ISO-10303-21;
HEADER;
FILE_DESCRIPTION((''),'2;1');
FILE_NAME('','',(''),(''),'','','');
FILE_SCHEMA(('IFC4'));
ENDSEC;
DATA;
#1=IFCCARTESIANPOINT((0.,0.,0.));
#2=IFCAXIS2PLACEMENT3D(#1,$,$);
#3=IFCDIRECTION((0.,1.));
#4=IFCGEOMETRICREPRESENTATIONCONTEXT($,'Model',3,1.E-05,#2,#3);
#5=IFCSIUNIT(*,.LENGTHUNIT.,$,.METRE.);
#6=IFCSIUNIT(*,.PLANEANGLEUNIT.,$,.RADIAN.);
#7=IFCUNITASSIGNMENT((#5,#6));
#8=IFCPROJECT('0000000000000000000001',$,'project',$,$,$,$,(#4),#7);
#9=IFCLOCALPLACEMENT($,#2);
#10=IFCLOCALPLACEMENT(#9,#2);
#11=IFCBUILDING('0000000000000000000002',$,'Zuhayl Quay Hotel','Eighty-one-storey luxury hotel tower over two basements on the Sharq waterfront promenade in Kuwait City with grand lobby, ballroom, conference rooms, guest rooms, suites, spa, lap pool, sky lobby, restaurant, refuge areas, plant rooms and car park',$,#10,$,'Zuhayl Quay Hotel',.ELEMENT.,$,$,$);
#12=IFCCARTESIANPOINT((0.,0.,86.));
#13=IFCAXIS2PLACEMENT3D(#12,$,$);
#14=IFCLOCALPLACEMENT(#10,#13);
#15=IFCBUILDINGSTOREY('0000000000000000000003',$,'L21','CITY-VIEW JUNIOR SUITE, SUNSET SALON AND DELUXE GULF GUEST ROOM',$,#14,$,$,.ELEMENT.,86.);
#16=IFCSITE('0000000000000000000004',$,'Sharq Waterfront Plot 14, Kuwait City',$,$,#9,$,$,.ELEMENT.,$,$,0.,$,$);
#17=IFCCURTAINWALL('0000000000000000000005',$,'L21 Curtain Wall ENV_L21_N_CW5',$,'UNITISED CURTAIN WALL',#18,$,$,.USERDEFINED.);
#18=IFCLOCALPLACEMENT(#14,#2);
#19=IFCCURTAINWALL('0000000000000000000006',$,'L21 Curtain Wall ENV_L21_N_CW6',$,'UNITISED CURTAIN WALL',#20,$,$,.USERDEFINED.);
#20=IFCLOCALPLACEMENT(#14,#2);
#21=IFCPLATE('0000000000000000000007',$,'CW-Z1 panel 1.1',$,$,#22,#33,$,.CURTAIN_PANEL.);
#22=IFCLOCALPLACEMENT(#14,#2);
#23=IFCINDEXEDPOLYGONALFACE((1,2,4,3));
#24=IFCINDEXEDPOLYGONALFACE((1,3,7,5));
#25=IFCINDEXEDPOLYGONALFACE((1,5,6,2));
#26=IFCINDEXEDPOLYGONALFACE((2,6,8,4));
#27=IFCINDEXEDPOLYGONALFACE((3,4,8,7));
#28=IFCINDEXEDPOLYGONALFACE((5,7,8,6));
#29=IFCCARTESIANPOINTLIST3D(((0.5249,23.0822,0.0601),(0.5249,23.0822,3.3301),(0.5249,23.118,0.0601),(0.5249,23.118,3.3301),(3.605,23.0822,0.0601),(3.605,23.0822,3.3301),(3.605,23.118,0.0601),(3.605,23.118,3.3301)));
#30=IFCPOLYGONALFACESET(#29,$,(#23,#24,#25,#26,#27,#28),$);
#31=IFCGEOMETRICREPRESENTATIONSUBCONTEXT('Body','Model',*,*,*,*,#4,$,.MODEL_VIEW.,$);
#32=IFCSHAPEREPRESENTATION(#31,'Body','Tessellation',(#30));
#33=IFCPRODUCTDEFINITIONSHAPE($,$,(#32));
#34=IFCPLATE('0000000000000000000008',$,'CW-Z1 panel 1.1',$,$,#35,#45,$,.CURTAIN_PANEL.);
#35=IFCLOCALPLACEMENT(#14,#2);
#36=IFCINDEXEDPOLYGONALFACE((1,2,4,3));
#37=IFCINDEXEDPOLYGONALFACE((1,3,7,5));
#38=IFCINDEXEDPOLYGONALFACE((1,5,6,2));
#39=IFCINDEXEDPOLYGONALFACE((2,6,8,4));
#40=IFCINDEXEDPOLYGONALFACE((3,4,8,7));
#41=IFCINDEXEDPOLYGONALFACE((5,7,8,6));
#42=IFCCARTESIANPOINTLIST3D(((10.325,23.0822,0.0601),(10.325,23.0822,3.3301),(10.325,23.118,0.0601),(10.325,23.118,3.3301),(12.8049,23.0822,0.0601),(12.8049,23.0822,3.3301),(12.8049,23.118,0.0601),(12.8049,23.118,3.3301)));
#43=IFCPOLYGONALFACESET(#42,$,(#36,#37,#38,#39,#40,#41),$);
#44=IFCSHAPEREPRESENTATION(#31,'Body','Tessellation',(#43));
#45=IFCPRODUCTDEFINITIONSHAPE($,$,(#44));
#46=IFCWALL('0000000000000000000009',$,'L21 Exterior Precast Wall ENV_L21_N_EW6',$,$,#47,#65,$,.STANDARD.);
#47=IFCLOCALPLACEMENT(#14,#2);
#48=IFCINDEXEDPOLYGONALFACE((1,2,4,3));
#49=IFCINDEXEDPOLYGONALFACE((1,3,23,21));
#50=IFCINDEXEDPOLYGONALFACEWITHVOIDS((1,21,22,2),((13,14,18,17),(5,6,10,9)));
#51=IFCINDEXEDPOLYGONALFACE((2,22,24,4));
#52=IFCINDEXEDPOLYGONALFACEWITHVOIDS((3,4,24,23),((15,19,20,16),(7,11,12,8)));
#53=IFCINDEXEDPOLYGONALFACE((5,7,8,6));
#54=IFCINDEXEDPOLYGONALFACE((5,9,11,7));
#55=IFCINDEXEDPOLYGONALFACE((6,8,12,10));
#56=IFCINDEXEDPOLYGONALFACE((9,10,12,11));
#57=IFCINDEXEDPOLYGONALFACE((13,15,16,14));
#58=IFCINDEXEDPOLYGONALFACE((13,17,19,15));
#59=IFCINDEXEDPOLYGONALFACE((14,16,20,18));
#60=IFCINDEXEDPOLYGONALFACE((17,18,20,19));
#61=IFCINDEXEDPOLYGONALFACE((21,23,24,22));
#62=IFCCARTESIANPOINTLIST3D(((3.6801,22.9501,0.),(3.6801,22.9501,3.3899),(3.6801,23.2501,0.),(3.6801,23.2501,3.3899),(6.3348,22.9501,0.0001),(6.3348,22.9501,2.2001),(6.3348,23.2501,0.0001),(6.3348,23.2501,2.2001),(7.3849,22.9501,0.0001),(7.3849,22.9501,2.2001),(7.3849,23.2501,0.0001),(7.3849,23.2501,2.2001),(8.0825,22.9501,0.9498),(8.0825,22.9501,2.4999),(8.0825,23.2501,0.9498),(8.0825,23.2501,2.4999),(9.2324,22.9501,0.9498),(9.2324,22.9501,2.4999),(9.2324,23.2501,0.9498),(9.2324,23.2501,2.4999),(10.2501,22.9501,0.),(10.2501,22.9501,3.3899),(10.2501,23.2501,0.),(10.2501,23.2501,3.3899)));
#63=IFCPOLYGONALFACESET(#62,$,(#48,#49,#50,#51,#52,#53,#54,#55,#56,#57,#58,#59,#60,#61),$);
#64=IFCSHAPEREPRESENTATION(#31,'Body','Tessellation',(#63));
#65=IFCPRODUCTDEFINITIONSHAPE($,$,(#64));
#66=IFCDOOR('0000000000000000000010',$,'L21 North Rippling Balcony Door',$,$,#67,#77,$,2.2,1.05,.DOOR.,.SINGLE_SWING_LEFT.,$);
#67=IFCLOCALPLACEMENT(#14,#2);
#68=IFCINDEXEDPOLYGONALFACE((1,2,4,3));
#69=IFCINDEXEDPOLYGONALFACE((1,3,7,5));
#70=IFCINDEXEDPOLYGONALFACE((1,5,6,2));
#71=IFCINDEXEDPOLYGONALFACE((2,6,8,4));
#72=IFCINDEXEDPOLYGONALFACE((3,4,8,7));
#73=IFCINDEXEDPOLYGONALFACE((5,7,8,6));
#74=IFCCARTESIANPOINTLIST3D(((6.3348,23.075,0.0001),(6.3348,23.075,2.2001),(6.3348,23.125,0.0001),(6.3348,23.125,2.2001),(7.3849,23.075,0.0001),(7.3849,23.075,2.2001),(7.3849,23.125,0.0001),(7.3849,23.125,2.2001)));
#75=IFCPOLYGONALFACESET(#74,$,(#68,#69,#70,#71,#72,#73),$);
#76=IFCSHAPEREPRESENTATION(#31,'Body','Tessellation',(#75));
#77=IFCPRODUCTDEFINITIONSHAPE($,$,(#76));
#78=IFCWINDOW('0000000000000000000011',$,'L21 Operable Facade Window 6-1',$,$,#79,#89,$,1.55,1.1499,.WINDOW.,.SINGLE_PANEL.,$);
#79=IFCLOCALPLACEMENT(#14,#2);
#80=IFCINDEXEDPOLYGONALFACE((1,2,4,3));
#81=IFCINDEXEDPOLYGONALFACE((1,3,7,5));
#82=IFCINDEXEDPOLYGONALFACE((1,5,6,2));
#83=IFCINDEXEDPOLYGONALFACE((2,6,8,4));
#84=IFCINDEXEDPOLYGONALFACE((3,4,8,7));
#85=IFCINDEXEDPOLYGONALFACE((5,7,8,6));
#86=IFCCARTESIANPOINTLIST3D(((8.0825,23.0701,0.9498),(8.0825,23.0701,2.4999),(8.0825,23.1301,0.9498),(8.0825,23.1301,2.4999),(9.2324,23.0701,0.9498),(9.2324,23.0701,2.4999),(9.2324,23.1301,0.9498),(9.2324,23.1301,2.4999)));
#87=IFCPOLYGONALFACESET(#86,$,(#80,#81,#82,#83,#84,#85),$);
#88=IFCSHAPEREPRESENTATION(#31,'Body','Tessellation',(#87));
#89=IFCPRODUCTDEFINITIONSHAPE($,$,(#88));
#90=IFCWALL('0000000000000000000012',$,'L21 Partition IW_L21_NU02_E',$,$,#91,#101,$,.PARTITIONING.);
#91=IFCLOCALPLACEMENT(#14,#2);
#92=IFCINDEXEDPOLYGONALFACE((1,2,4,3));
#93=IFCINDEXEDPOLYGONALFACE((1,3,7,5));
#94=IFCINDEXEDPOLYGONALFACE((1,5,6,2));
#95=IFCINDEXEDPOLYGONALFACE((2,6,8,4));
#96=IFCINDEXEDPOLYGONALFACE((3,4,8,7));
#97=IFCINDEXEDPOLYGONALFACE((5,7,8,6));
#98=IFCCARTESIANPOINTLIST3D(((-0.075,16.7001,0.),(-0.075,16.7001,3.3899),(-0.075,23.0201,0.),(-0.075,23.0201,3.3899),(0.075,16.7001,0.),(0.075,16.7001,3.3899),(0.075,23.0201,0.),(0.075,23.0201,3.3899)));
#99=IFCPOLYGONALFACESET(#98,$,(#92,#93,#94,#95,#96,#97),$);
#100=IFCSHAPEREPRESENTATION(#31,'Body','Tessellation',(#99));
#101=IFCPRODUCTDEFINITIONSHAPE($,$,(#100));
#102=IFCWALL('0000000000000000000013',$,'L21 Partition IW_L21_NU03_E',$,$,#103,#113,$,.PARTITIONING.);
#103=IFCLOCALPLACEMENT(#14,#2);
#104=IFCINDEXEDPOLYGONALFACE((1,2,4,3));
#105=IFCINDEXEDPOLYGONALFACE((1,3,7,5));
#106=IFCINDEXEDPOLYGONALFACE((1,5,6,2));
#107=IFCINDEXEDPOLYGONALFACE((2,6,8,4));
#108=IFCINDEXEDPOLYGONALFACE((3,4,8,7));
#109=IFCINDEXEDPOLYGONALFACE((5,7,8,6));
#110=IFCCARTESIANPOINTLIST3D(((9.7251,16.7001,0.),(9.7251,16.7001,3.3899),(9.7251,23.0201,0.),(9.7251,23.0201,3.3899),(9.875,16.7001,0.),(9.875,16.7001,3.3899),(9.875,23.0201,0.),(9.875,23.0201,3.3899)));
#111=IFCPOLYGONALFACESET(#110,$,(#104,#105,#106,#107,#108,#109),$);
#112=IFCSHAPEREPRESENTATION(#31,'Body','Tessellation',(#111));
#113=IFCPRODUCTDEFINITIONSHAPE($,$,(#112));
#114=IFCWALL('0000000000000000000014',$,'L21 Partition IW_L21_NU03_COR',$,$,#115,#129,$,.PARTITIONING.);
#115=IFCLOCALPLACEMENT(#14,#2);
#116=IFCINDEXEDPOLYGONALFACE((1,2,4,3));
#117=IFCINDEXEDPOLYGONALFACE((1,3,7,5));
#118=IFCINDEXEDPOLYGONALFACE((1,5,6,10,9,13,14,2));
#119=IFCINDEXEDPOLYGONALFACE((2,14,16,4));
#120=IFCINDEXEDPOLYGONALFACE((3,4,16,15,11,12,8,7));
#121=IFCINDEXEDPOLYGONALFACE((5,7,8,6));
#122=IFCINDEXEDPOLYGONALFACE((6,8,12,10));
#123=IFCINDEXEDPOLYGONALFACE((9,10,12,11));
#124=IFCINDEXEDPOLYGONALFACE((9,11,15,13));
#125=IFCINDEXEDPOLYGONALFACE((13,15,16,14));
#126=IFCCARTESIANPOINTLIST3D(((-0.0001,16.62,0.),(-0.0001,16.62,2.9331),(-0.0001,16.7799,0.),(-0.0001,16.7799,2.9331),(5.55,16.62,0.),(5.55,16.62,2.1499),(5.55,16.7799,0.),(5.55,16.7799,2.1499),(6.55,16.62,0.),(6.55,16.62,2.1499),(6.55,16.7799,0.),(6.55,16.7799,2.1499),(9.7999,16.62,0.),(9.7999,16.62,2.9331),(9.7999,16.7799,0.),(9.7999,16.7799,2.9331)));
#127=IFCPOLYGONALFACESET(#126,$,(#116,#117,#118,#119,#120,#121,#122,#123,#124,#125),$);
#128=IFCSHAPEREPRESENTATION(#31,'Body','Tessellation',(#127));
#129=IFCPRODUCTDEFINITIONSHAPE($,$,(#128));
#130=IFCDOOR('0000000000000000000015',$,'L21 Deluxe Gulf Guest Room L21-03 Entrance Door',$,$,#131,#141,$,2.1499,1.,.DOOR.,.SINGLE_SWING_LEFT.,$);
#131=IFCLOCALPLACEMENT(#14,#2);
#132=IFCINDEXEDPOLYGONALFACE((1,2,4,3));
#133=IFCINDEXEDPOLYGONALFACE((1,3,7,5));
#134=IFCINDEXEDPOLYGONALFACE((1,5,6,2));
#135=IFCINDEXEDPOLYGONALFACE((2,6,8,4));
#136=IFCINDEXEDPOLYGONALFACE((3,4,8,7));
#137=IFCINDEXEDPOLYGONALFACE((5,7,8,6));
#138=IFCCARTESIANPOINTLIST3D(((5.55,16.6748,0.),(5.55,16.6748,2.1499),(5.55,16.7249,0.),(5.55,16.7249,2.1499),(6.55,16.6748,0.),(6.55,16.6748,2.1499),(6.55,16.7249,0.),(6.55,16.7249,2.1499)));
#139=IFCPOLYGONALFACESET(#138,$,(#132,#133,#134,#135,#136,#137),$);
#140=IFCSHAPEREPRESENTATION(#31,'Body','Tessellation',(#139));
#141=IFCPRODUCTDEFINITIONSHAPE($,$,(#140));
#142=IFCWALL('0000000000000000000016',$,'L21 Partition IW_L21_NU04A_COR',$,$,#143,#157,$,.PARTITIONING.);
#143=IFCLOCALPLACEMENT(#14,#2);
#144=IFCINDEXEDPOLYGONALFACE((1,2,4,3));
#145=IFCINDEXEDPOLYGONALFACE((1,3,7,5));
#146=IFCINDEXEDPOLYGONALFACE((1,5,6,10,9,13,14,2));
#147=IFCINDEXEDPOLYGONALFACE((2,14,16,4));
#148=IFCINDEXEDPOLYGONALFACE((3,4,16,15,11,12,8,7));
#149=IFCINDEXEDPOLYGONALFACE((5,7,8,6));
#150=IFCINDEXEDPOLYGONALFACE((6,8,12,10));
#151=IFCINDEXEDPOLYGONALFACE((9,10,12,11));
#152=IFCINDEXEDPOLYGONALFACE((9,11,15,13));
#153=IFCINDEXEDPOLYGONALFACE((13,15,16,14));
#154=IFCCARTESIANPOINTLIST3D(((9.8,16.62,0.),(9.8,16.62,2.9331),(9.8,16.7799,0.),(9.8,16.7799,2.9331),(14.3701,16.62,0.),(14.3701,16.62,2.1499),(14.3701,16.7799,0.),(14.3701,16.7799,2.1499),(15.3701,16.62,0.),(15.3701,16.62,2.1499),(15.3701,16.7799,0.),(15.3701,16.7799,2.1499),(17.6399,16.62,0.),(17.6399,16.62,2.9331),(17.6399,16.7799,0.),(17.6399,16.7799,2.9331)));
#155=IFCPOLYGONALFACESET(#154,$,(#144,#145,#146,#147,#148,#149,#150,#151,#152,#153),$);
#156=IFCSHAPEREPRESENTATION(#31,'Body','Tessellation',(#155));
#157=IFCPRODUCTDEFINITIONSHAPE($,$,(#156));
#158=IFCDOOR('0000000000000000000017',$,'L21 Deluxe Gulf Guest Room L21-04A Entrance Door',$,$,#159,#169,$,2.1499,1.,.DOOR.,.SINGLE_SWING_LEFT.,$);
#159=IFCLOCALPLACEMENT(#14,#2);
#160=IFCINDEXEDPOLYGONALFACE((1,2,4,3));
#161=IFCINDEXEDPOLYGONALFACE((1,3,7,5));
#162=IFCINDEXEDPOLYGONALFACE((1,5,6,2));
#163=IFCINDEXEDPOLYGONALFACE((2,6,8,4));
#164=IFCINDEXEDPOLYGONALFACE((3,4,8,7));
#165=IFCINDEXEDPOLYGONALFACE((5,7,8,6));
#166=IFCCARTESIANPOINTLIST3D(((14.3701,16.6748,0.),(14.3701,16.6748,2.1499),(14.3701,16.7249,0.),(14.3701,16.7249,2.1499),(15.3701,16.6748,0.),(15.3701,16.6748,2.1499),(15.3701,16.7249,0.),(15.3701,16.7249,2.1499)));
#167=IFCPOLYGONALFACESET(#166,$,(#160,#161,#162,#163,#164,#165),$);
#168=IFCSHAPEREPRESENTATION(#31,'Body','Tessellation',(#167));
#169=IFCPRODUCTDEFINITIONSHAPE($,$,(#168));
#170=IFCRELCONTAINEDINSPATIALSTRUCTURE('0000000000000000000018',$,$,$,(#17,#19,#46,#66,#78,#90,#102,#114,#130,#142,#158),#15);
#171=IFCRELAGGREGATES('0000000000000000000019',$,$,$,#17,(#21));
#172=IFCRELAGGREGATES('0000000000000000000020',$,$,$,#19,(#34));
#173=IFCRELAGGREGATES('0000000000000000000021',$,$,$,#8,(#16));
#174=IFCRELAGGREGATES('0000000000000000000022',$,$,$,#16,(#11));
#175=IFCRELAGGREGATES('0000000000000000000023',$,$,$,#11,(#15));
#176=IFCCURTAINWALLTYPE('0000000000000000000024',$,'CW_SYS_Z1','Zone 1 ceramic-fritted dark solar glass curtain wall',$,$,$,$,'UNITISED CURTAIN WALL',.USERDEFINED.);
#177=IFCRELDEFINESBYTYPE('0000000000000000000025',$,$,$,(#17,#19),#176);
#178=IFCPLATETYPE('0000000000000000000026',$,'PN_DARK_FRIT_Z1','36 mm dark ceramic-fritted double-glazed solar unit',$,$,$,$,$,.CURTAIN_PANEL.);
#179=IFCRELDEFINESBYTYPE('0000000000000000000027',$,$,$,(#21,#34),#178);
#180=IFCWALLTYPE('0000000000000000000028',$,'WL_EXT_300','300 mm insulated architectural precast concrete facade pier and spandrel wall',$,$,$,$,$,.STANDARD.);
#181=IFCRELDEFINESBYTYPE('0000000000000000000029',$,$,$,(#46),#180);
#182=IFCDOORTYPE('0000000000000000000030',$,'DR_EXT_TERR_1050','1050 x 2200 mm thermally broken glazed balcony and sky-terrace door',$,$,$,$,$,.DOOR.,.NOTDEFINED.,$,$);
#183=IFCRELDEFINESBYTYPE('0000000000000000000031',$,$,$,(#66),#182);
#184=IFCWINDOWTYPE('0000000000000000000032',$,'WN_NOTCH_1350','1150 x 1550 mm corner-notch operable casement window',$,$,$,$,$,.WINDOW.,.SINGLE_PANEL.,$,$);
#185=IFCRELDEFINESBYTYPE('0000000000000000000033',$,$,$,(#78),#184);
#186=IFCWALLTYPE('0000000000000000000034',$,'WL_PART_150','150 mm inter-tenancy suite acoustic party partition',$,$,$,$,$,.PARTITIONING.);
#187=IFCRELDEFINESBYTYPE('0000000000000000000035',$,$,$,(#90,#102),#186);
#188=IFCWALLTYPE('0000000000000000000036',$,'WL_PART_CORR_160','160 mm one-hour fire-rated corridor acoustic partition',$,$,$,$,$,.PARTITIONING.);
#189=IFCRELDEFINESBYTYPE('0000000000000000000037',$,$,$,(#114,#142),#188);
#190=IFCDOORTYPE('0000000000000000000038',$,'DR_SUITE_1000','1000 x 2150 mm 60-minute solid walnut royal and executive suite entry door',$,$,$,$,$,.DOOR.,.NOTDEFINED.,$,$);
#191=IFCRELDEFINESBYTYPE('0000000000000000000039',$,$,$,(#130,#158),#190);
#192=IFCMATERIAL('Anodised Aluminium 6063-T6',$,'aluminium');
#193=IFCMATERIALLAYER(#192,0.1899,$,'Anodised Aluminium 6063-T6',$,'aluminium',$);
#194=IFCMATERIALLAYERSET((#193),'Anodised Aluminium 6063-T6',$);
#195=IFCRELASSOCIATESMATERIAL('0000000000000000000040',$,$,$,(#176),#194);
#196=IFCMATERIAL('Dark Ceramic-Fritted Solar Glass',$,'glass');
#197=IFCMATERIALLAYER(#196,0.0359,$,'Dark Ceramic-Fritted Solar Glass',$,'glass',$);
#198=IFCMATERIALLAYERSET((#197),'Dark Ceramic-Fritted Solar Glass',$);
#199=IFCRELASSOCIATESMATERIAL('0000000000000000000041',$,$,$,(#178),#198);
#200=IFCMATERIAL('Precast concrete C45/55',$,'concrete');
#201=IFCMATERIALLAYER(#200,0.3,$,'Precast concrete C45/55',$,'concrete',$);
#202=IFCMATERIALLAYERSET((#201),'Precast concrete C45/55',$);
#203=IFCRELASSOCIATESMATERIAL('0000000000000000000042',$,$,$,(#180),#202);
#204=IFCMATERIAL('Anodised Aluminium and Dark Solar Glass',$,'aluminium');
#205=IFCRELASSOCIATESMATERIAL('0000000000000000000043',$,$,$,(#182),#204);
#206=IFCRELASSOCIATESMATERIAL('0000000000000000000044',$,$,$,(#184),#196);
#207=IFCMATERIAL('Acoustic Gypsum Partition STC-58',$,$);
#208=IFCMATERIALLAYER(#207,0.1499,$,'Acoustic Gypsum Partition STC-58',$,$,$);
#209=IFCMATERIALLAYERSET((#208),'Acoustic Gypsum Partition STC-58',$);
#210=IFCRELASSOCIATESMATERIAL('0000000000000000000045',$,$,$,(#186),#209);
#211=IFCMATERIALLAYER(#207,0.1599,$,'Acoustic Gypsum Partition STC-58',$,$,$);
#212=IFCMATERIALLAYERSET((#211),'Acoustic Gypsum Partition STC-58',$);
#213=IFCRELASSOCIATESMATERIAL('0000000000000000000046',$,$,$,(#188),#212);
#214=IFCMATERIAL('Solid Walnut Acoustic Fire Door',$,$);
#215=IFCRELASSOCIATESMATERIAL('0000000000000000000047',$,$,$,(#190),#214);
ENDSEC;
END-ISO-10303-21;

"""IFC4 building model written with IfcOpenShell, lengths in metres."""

from ifc_helpers import new_model, si_unit, direction, frame, frame_2d, origin, origin_2d, place, context, subcontext, project, spatial, rectangle, extrude, material, layer, layer_set, type_object, element, fill, aggregate, save


model = new_model("IFC4")

# Units and contexts
model_context = context("Model", 3, precision=1e-05, world=origin(), true_north=direction((0.0, 1.0)))
body_context = subcontext(model_context, "Body", "Model", "MODEL_VIEW")
ifc_project = project(units=[si_unit("LENGTHUNIT", "METRE"), si_unit("PLANEANGLEUNIT", "RADIAN")], contexts=[model_context])

# Site, building, storey
site_placement = place(None, origin())
site = spatial("IfcSite", under=ifc_project, at=site_placement, Name="Sharq Waterfront Plot 14, Kuwait City", CompositionType="ELEMENT", RefElevation=0.0)
building_placement = place(site_placement, origin())
building = spatial("IfcBuilding", under=site, at=building_placement, Name="Zuhayl Quay Hotel", Description="Eighty-one-storey luxury hotel tower over two basements on the Sharq waterfront promenade in Kuwait City with grand lobby, ballroom, conference rooms, guest rooms, suites, spa, lap pool, sky lobby, restaurant, refuge areas, plant rooms and car park", LongName="Zuhayl Quay Hotel", CompositionType="ELEMENT")
storey_placement = place(building_placement, frame((0.0, 0.0, 86.0)))
storey = spatial("IfcBuildingStorey", under=building, at=storey_placement, Name="L21", Description="CITY-VIEW JUNIOR SUITE, SUNSET SALON AND DELUXE GULF GUEST ROOM", CompositionType="ELEMENT", Elevation=86.0)

# Curtain wall
ifc_material_1 = material(Name="Anodised Aluminium 6063-T6", Category="aluminium")
ifc_layer_1 = layer(ifc_material_1, 0.1899, Name="Anodised Aluminium 6063-T6", Category="aluminium")
ifc_layer_set_1 = layer_set([ifc_layer_1], Name="Anodised Aluminium 6063-T6")
curtain_wall_type = type_object("IfcCurtainWallType", Name="CW_SYS_Z1", Description="Zone 1 ceramic-fritted dark solar glass curtain wall", ElementType="UNITISED CURTAIN WALL", PredefinedType="USERDEFINED", material=ifc_layer_set_1)
curtain_wall_1_placement = place(storey_placement, origin())
curtain_wall_1 = element("IfcCurtainWall", 1, at=curtain_wall_1_placement, inside=storey, type_object=curtain_wall_type, Name="L21 Curtain Wall ENV_L21_N_CW5", ObjectType="UNITISED CURTAIN WALL", PredefinedType="USERDEFINED")

# Curtain wall
curtain_wall_2_placement = place(storey_placement, origin())
curtain_wall_2 = element("IfcCurtainWall", 2, at=curtain_wall_2_placement, inside=storey, type_object=curtain_wall_type, Name="L21 Curtain Wall ENV_L21_N_CW6", ObjectType="UNITISED CURTAIN WALL", PredefinedType="USERDEFINED")

# Plates
ifc_material_2 = material(Name="Dark Ceramic-Fritted Solar Glass", Category="glass")
ifc_layer_2 = layer(ifc_material_2, 0.0359, Name="Dark Ceramic-Fritted Solar Glass", Category="glass")
ifc_layer_set_2 = layer_set([ifc_layer_2], Name="Dark Ceramic-Fritted Solar Glass")
plate_type = type_object("IfcPlateType", Name="PN_DARK_FRIT_Z1", Description="36 mm dark ceramic-fritted double-glazed solar unit", PredefinedType="CURTAIN_PANEL", material=ifc_layer_set_2)
plate_1_placement = place(storey_placement, frame((2.0649, 23.1001, 0.0601), z_axis=(0.0, 0.0, 1.0), x_axis=(1.0, 0.0, 0.0)))
plate_1 = element("IfcPlate", 3, at=plate_1_placement, type_object=plate_type, Name="CW-Z1 panel 1.1", PredefinedType="CURTAIN_PANEL", context=body_context, shape_type="SweptSolid", body=[
    extrude(rectangle(XDim=3.0801, YDim=0.0359, at=origin_2d()), origin(), (0.0, 0.0, 1.0), 3.27),
])
aggregate(curtain_wall_1, [plate_1])
plate_2_placement = place(storey_placement, frame((11.5649, 23.1001, 0.0601), z_axis=(0.0, 0.0, 1.0), x_axis=(1.0, 0.0, 0.0)))
plate_2 = element("IfcPlate", 4, at=plate_2_placement, type_object=plate_type, Name="CW-Z1 panel 1.1", PredefinedType="CURTAIN_PANEL", context=body_context, shape_type="SweptSolid", body=[
    extrude(rectangle(XDim=2.48, YDim=0.0359, at=origin_2d()), origin(), (0.0, 0.0, 1.0), 3.27),
])
aggregate(curtain_wall_2, [plate_2])

# Wall, openings, door, window
ifc_material_3 = material(Name="Precast concrete C45/55", Category="concrete")
ifc_layer_3 = layer(ifc_material_3, 0.3, Name="Precast concrete C45/55", Category="concrete")
ifc_layer_set_3 = layer_set([ifc_layer_3], Name="Precast concrete C45/55")
wall_type_1 = type_object("IfcWallType", Name="WL_EXT_300", Description="300 mm insulated architectural precast concrete facade pier and spandrel wall", PredefinedType="STANDARD", material=ifc_layer_set_3)
wall_1_placement = place(storey_placement, frame((3.6799, 23.1001, 0.0), z_axis=(0.0, 0.0, 1.0), x_axis=(1.0, 0.0, 0.0)))
wall_1 = element("IfcWall", 5, at=wall_1_placement, inside=storey, type_object=wall_type_1, Name="L21 Exterior Precast Wall ENV_L21_N_EW6", PredefinedType="STANDARD", context=body_context, shape_type="SweptSolid", body=[
    extrude(rectangle(XDim=6.5701, YDim=0.3, at=frame_2d((3.2852, 0.0))), origin(), (0.0, 0.0, 1.0), 3.3899),
])
opening_1_placement = place(wall_1_placement, frame((2.655, 0.0, 0.0)))
opening_1 = element("IfcOpeningElement", 6, at=opening_1_placement, cuts=wall_1, PredefinedType="OPENING", context=body_context, shape_type="SweptSolid", body=[
    extrude(rectangle(XDim=1.05, YDim=2.2, at=frame_2d((0.5249, 1.1001))), frame((0.0, 0.1599, 0.0), z_axis=(0.0, -1.0, 0.0), x_axis=(1.0, 0.0, 0.0)), (0.0, 0.0, 1.0), 0.3201),
])
opening_2_placement = place(wall_1_placement, frame((4.4026, 0.0, 0.95)))
opening_2 = element("IfcOpeningElement", 7, at=opening_2_placement, cuts=wall_1, PredefinedType="OPENING", context=body_context, shape_type="SweptSolid", body=[
    extrude(rectangle(XDim=1.1499, YDim=1.55, at=frame_2d((0.575, 0.7749))), frame((0.0, 0.1599, 0.0), z_axis=(0.0, -1.0, 0.0), x_axis=(1.0, 0.0, 0.0)), (0.0, 0.0, 1.0), 0.3201),
])
ifc_material_4 = material(Name="Anodised Aluminium and Dark Solar Glass", Category="aluminium")
door_type_1 = type_object("IfcDoorType", Name="DR_EXT_TERR_1050", Description="1050 x 2200 mm thermally broken glazed balcony and sky-terrace door", OperationType="NOTDEFINED", PredefinedType="DOOR", material=ifc_material_4)
door_1_placement = place(opening_1_placement, origin())
door_1 = element("IfcDoor", 8, at=door_1_placement, inside=storey, type_object=door_type_1, Name="L21 North Rippling Balcony Door", OperationType="SINGLE_SWING_LEFT", OverallHeight=2.2, OverallWidth=1.05, PredefinedType="DOOR", context=body_context, shape_type="SweptSolid", body=[
    extrude(rectangle(XDim=1.05, YDim=2.2, at=frame_2d((0.5249, 1.1001))), frame((0.0, 0.0249, 0.0), z_axis=(0.0, -1.0, 0.0), x_axis=(1.0, 0.0, 0.0)), (0.0, 0.0, 1.0), 0.05),
])
fill(opening_1, door_1)
window_type = type_object("IfcWindowType", Name="WN_NOTCH_1350", Description="1150 x 1550 mm corner-notch operable casement window", PartitioningType="SINGLE_PANEL", PredefinedType="WINDOW", material=ifc_material_2)
window_placement = place(opening_2_placement, origin())
window = element("IfcWindow", 9, at=window_placement, inside=storey, type_object=window_type, Name="L21 Operable Facade Window 6-1", OverallHeight=1.55, OverallWidth=1.1499, PartitioningType="SINGLE_PANEL", PredefinedType="WINDOW", context=body_context, shape_type="SweptSolid", body=[
    extrude(rectangle(XDim=1.1499, YDim=1.55, at=frame_2d((0.575, 0.7749))), frame((0.0, 0.03, 0.0), z_axis=(0.0, -1.0, 0.0), x_axis=(1.0, 0.0, 0.0)), (0.0, 0.0, 1.0), 0.0601),
])
fill(opening_2, window)

# Walls
ifc_material_5 = material(Name="Acoustic Gypsum Partition STC-58")
ifc_layer_4 = layer(ifc_material_5, 0.1499, Name="Acoustic Gypsum Partition STC-58")
ifc_layer_set_4 = layer_set([ifc_layer_4], Name="Acoustic Gypsum Partition STC-58")
wall_type_2 = type_object("IfcWallType", Name="WL_PART_150", Description="150 mm inter-tenancy suite acoustic party partition", PredefinedType="PARTITIONING", material=ifc_layer_set_4)
for number, where, z_axis, x_axis, name in (
    (10, (0.0, 16.7, 0.0), (0.0, 0.0, 1.0), (0.0, 1.0, 0.0), "L21 Partition IW_L21_NU02_E"),
    (11, (9.8, 16.7, 0.0), (0.0, 0.0, 1.0), (0.0, 1.0, 0.0), "L21 Partition IW_L21_NU03_E"),
):
    element("IfcWall", number, at=place(storey_placement, frame(where, z_axis=z_axis, x_axis=x_axis)), inside=storey, type_object=wall_type_2, Name=name, PredefinedType="PARTITIONING", context=body_context, shape_type="SweptSolid", body=[
        extrude(rectangle(XDim=6.3201, YDim=0.1499, at=frame_2d((3.1602, 0.0))), origin(), (0.0, 0.0, 1.0), 3.3899),
    ])

# Walls, openings, doors
ifc_layer_5 = layer(ifc_material_5, 0.1599, Name="Acoustic Gypsum Partition STC-58")
ifc_layer_set_5 = layer_set([ifc_layer_5], Name="Acoustic Gypsum Partition STC-58")
wall_type_3 = type_object("IfcWallType", Name="WL_PART_CORR_160", Description="160 mm one-hour fire-rated corridor acoustic partition", PredefinedType="PARTITIONING", material=ifc_layer_set_5)
wall_2_placement = place(storey_placement, frame((0.0, 16.7, 0.0), z_axis=(0.0, 0.0, 1.0), x_axis=(1.0, 0.0, 0.0)))
wall_2 = element("IfcWall", 12, at=wall_2_placement, inside=storey, type_object=wall_type_3, Name="L21 Partition IW_L21_NU03_COR", PredefinedType="PARTITIONING", context=body_context, shape_type="SweptSolid", body=[
    extrude(rectangle(XDim=9.8, YDim=0.1599, at=frame_2d((4.8999, 0.0))), origin(), (0.0, 0.0, 1.0), 2.9331),
])
opening_3_placement = place(wall_2_placement, frame((5.55, 0.0, 0.0)))
opening_3 = element("IfcOpeningElement", 13, at=opening_3_placement, cuts=wall_2, PredefinedType="OPENING", context=body_context, shape_type="SweptSolid", body=[
    extrude(rectangle(XDim=1.0, YDim=2.1499, at=frame_2d((0.5, 1.075))), frame((0.0, 0.0898, 0.0), z_axis=(0.0, -1.0, 0.0), x_axis=(1.0, 0.0, 0.0)), (0.0, 0.0, 1.0), 0.1799),
])
ifc_material_6 = material(Name="Solid Walnut Acoustic Fire Door")
door_type_2 = type_object("IfcDoorType", Name="DR_SUITE_1000", Description="1000 x 2150 mm 60-minute solid walnut royal and executive suite entry door", OperationType="NOTDEFINED", PredefinedType="DOOR", material=ifc_material_6)
door_2_placement = place(opening_3_placement, origin())
door_2 = element("IfcDoor", 14, at=door_2_placement, inside=storey, type_object=door_type_2, Name="L21 Deluxe Gulf Guest Room L21-03 Entrance Door", OperationType="SINGLE_SWING_LEFT", OverallHeight=2.1499, OverallWidth=1.0, PredefinedType="DOOR", context=body_context, shape_type="SweptSolid", body=[
    extrude(rectangle(XDim=1.0, YDim=2.1499, at=frame_2d((0.5, 1.075))), frame((0.0, 0.0249, 0.0), z_axis=(0.0, -1.0, 0.0), x_axis=(1.0, 0.0, 0.0)), (0.0, 0.0, 1.0), 0.05),
])
fill(opening_3, door_2)
wall_3_placement = place(storey_placement, frame((9.8, 16.7, 0.0), z_axis=(0.0, 0.0, 1.0), x_axis=(1.0, 0.0, 0.0)))
wall_3 = element("IfcWall", 15, at=wall_3_placement, inside=storey, type_object=wall_type_3, Name="L21 Partition IW_L21_NU04A_COR", PredefinedType="PARTITIONING", context=body_context, shape_type="SweptSolid", body=[
    extrude(rectangle(XDim=7.8398, YDim=0.1599, at=frame_2d((3.9199, 0.0))), origin(), (0.0, 0.0, 1.0), 2.9331),
])
opening_4_placement = place(wall_3_placement, frame((4.5701, 0.0, 0.0)))
opening_4 = element("IfcOpeningElement", 16, at=opening_4_placement, cuts=wall_3, PredefinedType="OPENING", context=body_context, shape_type="SweptSolid", body=[
    extrude(rectangle(XDim=1.0, YDim=2.1499, at=frame_2d((0.5, 1.075))), frame((0.0, 0.0898, 0.0), z_axis=(0.0, -1.0, 0.0), x_axis=(1.0, 0.0, 0.0)), (0.0, 0.0, 1.0), 0.1799),
])
door_3_placement = place(opening_4_placement, origin())
door_3 = element("IfcDoor", 17, at=door_3_placement, inside=storey, type_object=door_type_2, Name="L21 Deluxe Gulf Guest Room L21-04A Entrance Door", OperationType="SINGLE_SWING_LEFT", OverallHeight=2.1499, OverallWidth=1.0, PredefinedType="DOOR", context=body_context, shape_type="SweptSolid", body=[
    extrude(rectangle(XDim=1.0, YDim=2.1499, at=frame_2d((0.5, 1.075))), frame((0.0, 0.0249, 0.0), z_axis=(0.0, -1.0, 0.0), x_axis=(1.0, 0.0, 0.0)), (0.0, 0.0, 1.0), 0.05),
])
fill(opening_4, door_3)

save(model, "model.ifc")
